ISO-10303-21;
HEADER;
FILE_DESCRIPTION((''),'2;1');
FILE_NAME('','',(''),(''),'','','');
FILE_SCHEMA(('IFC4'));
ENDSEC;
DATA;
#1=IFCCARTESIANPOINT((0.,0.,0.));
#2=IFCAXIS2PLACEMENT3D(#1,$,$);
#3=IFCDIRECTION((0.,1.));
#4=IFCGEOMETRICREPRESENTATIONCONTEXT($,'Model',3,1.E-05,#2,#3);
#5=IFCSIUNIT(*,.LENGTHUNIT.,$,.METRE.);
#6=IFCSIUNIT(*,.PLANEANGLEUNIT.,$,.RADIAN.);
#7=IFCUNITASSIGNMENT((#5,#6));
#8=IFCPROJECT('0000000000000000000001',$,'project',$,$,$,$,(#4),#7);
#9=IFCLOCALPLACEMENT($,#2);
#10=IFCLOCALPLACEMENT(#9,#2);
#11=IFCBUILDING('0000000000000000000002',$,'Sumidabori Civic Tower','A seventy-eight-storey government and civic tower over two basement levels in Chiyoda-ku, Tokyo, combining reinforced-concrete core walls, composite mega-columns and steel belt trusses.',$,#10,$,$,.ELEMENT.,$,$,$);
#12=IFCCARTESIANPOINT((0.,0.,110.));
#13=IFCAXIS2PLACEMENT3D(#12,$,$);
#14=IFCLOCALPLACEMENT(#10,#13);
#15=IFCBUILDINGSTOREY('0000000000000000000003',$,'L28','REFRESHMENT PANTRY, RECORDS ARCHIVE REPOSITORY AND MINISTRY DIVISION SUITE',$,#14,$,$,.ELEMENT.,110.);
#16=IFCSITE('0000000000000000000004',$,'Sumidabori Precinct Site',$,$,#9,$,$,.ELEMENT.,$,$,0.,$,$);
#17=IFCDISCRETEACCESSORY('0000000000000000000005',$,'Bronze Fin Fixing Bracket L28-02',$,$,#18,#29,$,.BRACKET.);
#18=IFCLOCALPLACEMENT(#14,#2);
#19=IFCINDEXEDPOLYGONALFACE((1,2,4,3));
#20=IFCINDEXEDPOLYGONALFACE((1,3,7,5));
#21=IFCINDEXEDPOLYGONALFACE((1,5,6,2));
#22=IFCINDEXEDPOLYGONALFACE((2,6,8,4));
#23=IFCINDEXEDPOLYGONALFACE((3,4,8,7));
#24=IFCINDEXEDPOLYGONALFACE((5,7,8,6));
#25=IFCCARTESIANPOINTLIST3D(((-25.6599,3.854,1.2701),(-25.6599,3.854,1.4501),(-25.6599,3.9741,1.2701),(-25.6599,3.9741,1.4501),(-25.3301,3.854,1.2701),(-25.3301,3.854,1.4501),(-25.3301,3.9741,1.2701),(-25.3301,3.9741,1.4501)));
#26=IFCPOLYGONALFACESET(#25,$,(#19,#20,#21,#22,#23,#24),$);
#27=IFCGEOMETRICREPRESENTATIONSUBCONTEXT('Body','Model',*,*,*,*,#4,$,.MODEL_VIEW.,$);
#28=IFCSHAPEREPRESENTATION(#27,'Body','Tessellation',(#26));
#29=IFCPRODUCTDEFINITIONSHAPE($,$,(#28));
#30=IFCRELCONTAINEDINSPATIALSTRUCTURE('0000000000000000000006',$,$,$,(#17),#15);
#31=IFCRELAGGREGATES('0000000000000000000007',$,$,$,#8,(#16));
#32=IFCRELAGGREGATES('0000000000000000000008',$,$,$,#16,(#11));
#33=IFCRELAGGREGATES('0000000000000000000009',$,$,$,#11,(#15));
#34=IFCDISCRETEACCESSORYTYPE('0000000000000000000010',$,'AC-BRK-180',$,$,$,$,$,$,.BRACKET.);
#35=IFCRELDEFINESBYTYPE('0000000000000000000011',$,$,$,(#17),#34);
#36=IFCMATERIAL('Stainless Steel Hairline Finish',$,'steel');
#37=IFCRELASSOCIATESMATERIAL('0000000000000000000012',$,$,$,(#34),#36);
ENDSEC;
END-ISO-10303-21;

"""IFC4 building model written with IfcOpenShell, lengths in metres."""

from ifc_helpers import new_model, si_unit, direction, frame, origin, origin_2d, place, context, subcontext, project, spatial, rectangle, extrude, source, transform, mapped, material, material_profile, profile_set, type_object, element, save


model = new_model("IFC4")

# Units and contexts
model_context = context("Model", 3, precision=1e-05, world=origin(), true_north=direction((0.0, 1.0)))
body_context = subcontext(model_context, "Body", "Model", "MODEL_VIEW")
ifc_project = project(units=[si_unit("LENGTHUNIT", "METRE"), si_unit("PLANEANGLEUNIT", "RADIAN")], contexts=[model_context])

# Site, building, storey
site_placement = place(None, origin())
site = spatial("IfcSite", under=ifc_project, at=site_placement, Name="Sumidabori Precinct Site", CompositionType="ELEMENT", RefElevation=0.0)
building_placement = place(site_placement, origin())
building = spatial("IfcBuilding", under=site, at=building_placement, Name="Sumidabori Civic Tower", Description="A seventy-eight-storey government and civic tower over two basement levels in Chiyoda-ku, Tokyo, combining reinforced-concrete core walls, composite mega-columns and steel belt trusses.", CompositionType="ELEMENT")
storey_placement = place(building_placement, frame((0.0, 0.0, 110.0)))
storey = spatial("IfcBuildingStorey", under=building, at=storey_placement, Name="L28", Description="REFRESHMENT PANTRY, RECORDS ARCHIVE REPOSITORY AND MINISTRY DIVISION SUITE", CompositionType="ELEMENT", Elevation=110.0)

# Discrete accessory
ifc_material_1 = material(Name="Stainless Steel Hairline Finish", Category="steel")
ifc_material_profile_1 = material_profile(ifc_material_1, rectangle(XDim=0.1201, YDim=0.1799, at=origin_2d()), Name="STEEL BRACKET 180x120")
ifc_profile_set_1 = profile_set([ifc_material_profile_1], Name="Stainless Steel Hairline Finish")
discrete_accessory_type = type_object("IfcDiscreteAccessoryType", Name="AC-BRK-180", PredefinedType="BRACKET", material=ifc_profile_set_1)
shared_shape_1 = source(origin(), body_context, "Body", "SweptSolid", [
    extrude(rectangle(XDim=0.1201, YDim=0.1799, at=origin_2d()), origin(), (0.0, 0.0, 1.0), 0.3298),
])
discrete_accessory_placement = place(storey_placement, frame((-25.3301, 3.9141, 1.3601), z_axis=(-1.0, 0.0, 0.0), x_axis=(0.0, -1.0, 0.0)))
element("IfcDiscreteAccessory", 1, at=discrete_accessory_placement, inside=storey, type_object=discrete_accessory_type, Name="Bronze Fin Fixing Bracket L28-02", PredefinedType="BRACKET", context=body_context, shape_type="MappedRepresentation", body=[
    mapped(shared_shape_1, transform((0.0, 0.0, 0.0), x_axis=(1.0, 0.0, 0.0), y_axis=(0.0, 1.0, 0.0), z_axis=(0.0, 0.0, 1.0), scale=1.0)),
])

save(model, "model.ifc")
